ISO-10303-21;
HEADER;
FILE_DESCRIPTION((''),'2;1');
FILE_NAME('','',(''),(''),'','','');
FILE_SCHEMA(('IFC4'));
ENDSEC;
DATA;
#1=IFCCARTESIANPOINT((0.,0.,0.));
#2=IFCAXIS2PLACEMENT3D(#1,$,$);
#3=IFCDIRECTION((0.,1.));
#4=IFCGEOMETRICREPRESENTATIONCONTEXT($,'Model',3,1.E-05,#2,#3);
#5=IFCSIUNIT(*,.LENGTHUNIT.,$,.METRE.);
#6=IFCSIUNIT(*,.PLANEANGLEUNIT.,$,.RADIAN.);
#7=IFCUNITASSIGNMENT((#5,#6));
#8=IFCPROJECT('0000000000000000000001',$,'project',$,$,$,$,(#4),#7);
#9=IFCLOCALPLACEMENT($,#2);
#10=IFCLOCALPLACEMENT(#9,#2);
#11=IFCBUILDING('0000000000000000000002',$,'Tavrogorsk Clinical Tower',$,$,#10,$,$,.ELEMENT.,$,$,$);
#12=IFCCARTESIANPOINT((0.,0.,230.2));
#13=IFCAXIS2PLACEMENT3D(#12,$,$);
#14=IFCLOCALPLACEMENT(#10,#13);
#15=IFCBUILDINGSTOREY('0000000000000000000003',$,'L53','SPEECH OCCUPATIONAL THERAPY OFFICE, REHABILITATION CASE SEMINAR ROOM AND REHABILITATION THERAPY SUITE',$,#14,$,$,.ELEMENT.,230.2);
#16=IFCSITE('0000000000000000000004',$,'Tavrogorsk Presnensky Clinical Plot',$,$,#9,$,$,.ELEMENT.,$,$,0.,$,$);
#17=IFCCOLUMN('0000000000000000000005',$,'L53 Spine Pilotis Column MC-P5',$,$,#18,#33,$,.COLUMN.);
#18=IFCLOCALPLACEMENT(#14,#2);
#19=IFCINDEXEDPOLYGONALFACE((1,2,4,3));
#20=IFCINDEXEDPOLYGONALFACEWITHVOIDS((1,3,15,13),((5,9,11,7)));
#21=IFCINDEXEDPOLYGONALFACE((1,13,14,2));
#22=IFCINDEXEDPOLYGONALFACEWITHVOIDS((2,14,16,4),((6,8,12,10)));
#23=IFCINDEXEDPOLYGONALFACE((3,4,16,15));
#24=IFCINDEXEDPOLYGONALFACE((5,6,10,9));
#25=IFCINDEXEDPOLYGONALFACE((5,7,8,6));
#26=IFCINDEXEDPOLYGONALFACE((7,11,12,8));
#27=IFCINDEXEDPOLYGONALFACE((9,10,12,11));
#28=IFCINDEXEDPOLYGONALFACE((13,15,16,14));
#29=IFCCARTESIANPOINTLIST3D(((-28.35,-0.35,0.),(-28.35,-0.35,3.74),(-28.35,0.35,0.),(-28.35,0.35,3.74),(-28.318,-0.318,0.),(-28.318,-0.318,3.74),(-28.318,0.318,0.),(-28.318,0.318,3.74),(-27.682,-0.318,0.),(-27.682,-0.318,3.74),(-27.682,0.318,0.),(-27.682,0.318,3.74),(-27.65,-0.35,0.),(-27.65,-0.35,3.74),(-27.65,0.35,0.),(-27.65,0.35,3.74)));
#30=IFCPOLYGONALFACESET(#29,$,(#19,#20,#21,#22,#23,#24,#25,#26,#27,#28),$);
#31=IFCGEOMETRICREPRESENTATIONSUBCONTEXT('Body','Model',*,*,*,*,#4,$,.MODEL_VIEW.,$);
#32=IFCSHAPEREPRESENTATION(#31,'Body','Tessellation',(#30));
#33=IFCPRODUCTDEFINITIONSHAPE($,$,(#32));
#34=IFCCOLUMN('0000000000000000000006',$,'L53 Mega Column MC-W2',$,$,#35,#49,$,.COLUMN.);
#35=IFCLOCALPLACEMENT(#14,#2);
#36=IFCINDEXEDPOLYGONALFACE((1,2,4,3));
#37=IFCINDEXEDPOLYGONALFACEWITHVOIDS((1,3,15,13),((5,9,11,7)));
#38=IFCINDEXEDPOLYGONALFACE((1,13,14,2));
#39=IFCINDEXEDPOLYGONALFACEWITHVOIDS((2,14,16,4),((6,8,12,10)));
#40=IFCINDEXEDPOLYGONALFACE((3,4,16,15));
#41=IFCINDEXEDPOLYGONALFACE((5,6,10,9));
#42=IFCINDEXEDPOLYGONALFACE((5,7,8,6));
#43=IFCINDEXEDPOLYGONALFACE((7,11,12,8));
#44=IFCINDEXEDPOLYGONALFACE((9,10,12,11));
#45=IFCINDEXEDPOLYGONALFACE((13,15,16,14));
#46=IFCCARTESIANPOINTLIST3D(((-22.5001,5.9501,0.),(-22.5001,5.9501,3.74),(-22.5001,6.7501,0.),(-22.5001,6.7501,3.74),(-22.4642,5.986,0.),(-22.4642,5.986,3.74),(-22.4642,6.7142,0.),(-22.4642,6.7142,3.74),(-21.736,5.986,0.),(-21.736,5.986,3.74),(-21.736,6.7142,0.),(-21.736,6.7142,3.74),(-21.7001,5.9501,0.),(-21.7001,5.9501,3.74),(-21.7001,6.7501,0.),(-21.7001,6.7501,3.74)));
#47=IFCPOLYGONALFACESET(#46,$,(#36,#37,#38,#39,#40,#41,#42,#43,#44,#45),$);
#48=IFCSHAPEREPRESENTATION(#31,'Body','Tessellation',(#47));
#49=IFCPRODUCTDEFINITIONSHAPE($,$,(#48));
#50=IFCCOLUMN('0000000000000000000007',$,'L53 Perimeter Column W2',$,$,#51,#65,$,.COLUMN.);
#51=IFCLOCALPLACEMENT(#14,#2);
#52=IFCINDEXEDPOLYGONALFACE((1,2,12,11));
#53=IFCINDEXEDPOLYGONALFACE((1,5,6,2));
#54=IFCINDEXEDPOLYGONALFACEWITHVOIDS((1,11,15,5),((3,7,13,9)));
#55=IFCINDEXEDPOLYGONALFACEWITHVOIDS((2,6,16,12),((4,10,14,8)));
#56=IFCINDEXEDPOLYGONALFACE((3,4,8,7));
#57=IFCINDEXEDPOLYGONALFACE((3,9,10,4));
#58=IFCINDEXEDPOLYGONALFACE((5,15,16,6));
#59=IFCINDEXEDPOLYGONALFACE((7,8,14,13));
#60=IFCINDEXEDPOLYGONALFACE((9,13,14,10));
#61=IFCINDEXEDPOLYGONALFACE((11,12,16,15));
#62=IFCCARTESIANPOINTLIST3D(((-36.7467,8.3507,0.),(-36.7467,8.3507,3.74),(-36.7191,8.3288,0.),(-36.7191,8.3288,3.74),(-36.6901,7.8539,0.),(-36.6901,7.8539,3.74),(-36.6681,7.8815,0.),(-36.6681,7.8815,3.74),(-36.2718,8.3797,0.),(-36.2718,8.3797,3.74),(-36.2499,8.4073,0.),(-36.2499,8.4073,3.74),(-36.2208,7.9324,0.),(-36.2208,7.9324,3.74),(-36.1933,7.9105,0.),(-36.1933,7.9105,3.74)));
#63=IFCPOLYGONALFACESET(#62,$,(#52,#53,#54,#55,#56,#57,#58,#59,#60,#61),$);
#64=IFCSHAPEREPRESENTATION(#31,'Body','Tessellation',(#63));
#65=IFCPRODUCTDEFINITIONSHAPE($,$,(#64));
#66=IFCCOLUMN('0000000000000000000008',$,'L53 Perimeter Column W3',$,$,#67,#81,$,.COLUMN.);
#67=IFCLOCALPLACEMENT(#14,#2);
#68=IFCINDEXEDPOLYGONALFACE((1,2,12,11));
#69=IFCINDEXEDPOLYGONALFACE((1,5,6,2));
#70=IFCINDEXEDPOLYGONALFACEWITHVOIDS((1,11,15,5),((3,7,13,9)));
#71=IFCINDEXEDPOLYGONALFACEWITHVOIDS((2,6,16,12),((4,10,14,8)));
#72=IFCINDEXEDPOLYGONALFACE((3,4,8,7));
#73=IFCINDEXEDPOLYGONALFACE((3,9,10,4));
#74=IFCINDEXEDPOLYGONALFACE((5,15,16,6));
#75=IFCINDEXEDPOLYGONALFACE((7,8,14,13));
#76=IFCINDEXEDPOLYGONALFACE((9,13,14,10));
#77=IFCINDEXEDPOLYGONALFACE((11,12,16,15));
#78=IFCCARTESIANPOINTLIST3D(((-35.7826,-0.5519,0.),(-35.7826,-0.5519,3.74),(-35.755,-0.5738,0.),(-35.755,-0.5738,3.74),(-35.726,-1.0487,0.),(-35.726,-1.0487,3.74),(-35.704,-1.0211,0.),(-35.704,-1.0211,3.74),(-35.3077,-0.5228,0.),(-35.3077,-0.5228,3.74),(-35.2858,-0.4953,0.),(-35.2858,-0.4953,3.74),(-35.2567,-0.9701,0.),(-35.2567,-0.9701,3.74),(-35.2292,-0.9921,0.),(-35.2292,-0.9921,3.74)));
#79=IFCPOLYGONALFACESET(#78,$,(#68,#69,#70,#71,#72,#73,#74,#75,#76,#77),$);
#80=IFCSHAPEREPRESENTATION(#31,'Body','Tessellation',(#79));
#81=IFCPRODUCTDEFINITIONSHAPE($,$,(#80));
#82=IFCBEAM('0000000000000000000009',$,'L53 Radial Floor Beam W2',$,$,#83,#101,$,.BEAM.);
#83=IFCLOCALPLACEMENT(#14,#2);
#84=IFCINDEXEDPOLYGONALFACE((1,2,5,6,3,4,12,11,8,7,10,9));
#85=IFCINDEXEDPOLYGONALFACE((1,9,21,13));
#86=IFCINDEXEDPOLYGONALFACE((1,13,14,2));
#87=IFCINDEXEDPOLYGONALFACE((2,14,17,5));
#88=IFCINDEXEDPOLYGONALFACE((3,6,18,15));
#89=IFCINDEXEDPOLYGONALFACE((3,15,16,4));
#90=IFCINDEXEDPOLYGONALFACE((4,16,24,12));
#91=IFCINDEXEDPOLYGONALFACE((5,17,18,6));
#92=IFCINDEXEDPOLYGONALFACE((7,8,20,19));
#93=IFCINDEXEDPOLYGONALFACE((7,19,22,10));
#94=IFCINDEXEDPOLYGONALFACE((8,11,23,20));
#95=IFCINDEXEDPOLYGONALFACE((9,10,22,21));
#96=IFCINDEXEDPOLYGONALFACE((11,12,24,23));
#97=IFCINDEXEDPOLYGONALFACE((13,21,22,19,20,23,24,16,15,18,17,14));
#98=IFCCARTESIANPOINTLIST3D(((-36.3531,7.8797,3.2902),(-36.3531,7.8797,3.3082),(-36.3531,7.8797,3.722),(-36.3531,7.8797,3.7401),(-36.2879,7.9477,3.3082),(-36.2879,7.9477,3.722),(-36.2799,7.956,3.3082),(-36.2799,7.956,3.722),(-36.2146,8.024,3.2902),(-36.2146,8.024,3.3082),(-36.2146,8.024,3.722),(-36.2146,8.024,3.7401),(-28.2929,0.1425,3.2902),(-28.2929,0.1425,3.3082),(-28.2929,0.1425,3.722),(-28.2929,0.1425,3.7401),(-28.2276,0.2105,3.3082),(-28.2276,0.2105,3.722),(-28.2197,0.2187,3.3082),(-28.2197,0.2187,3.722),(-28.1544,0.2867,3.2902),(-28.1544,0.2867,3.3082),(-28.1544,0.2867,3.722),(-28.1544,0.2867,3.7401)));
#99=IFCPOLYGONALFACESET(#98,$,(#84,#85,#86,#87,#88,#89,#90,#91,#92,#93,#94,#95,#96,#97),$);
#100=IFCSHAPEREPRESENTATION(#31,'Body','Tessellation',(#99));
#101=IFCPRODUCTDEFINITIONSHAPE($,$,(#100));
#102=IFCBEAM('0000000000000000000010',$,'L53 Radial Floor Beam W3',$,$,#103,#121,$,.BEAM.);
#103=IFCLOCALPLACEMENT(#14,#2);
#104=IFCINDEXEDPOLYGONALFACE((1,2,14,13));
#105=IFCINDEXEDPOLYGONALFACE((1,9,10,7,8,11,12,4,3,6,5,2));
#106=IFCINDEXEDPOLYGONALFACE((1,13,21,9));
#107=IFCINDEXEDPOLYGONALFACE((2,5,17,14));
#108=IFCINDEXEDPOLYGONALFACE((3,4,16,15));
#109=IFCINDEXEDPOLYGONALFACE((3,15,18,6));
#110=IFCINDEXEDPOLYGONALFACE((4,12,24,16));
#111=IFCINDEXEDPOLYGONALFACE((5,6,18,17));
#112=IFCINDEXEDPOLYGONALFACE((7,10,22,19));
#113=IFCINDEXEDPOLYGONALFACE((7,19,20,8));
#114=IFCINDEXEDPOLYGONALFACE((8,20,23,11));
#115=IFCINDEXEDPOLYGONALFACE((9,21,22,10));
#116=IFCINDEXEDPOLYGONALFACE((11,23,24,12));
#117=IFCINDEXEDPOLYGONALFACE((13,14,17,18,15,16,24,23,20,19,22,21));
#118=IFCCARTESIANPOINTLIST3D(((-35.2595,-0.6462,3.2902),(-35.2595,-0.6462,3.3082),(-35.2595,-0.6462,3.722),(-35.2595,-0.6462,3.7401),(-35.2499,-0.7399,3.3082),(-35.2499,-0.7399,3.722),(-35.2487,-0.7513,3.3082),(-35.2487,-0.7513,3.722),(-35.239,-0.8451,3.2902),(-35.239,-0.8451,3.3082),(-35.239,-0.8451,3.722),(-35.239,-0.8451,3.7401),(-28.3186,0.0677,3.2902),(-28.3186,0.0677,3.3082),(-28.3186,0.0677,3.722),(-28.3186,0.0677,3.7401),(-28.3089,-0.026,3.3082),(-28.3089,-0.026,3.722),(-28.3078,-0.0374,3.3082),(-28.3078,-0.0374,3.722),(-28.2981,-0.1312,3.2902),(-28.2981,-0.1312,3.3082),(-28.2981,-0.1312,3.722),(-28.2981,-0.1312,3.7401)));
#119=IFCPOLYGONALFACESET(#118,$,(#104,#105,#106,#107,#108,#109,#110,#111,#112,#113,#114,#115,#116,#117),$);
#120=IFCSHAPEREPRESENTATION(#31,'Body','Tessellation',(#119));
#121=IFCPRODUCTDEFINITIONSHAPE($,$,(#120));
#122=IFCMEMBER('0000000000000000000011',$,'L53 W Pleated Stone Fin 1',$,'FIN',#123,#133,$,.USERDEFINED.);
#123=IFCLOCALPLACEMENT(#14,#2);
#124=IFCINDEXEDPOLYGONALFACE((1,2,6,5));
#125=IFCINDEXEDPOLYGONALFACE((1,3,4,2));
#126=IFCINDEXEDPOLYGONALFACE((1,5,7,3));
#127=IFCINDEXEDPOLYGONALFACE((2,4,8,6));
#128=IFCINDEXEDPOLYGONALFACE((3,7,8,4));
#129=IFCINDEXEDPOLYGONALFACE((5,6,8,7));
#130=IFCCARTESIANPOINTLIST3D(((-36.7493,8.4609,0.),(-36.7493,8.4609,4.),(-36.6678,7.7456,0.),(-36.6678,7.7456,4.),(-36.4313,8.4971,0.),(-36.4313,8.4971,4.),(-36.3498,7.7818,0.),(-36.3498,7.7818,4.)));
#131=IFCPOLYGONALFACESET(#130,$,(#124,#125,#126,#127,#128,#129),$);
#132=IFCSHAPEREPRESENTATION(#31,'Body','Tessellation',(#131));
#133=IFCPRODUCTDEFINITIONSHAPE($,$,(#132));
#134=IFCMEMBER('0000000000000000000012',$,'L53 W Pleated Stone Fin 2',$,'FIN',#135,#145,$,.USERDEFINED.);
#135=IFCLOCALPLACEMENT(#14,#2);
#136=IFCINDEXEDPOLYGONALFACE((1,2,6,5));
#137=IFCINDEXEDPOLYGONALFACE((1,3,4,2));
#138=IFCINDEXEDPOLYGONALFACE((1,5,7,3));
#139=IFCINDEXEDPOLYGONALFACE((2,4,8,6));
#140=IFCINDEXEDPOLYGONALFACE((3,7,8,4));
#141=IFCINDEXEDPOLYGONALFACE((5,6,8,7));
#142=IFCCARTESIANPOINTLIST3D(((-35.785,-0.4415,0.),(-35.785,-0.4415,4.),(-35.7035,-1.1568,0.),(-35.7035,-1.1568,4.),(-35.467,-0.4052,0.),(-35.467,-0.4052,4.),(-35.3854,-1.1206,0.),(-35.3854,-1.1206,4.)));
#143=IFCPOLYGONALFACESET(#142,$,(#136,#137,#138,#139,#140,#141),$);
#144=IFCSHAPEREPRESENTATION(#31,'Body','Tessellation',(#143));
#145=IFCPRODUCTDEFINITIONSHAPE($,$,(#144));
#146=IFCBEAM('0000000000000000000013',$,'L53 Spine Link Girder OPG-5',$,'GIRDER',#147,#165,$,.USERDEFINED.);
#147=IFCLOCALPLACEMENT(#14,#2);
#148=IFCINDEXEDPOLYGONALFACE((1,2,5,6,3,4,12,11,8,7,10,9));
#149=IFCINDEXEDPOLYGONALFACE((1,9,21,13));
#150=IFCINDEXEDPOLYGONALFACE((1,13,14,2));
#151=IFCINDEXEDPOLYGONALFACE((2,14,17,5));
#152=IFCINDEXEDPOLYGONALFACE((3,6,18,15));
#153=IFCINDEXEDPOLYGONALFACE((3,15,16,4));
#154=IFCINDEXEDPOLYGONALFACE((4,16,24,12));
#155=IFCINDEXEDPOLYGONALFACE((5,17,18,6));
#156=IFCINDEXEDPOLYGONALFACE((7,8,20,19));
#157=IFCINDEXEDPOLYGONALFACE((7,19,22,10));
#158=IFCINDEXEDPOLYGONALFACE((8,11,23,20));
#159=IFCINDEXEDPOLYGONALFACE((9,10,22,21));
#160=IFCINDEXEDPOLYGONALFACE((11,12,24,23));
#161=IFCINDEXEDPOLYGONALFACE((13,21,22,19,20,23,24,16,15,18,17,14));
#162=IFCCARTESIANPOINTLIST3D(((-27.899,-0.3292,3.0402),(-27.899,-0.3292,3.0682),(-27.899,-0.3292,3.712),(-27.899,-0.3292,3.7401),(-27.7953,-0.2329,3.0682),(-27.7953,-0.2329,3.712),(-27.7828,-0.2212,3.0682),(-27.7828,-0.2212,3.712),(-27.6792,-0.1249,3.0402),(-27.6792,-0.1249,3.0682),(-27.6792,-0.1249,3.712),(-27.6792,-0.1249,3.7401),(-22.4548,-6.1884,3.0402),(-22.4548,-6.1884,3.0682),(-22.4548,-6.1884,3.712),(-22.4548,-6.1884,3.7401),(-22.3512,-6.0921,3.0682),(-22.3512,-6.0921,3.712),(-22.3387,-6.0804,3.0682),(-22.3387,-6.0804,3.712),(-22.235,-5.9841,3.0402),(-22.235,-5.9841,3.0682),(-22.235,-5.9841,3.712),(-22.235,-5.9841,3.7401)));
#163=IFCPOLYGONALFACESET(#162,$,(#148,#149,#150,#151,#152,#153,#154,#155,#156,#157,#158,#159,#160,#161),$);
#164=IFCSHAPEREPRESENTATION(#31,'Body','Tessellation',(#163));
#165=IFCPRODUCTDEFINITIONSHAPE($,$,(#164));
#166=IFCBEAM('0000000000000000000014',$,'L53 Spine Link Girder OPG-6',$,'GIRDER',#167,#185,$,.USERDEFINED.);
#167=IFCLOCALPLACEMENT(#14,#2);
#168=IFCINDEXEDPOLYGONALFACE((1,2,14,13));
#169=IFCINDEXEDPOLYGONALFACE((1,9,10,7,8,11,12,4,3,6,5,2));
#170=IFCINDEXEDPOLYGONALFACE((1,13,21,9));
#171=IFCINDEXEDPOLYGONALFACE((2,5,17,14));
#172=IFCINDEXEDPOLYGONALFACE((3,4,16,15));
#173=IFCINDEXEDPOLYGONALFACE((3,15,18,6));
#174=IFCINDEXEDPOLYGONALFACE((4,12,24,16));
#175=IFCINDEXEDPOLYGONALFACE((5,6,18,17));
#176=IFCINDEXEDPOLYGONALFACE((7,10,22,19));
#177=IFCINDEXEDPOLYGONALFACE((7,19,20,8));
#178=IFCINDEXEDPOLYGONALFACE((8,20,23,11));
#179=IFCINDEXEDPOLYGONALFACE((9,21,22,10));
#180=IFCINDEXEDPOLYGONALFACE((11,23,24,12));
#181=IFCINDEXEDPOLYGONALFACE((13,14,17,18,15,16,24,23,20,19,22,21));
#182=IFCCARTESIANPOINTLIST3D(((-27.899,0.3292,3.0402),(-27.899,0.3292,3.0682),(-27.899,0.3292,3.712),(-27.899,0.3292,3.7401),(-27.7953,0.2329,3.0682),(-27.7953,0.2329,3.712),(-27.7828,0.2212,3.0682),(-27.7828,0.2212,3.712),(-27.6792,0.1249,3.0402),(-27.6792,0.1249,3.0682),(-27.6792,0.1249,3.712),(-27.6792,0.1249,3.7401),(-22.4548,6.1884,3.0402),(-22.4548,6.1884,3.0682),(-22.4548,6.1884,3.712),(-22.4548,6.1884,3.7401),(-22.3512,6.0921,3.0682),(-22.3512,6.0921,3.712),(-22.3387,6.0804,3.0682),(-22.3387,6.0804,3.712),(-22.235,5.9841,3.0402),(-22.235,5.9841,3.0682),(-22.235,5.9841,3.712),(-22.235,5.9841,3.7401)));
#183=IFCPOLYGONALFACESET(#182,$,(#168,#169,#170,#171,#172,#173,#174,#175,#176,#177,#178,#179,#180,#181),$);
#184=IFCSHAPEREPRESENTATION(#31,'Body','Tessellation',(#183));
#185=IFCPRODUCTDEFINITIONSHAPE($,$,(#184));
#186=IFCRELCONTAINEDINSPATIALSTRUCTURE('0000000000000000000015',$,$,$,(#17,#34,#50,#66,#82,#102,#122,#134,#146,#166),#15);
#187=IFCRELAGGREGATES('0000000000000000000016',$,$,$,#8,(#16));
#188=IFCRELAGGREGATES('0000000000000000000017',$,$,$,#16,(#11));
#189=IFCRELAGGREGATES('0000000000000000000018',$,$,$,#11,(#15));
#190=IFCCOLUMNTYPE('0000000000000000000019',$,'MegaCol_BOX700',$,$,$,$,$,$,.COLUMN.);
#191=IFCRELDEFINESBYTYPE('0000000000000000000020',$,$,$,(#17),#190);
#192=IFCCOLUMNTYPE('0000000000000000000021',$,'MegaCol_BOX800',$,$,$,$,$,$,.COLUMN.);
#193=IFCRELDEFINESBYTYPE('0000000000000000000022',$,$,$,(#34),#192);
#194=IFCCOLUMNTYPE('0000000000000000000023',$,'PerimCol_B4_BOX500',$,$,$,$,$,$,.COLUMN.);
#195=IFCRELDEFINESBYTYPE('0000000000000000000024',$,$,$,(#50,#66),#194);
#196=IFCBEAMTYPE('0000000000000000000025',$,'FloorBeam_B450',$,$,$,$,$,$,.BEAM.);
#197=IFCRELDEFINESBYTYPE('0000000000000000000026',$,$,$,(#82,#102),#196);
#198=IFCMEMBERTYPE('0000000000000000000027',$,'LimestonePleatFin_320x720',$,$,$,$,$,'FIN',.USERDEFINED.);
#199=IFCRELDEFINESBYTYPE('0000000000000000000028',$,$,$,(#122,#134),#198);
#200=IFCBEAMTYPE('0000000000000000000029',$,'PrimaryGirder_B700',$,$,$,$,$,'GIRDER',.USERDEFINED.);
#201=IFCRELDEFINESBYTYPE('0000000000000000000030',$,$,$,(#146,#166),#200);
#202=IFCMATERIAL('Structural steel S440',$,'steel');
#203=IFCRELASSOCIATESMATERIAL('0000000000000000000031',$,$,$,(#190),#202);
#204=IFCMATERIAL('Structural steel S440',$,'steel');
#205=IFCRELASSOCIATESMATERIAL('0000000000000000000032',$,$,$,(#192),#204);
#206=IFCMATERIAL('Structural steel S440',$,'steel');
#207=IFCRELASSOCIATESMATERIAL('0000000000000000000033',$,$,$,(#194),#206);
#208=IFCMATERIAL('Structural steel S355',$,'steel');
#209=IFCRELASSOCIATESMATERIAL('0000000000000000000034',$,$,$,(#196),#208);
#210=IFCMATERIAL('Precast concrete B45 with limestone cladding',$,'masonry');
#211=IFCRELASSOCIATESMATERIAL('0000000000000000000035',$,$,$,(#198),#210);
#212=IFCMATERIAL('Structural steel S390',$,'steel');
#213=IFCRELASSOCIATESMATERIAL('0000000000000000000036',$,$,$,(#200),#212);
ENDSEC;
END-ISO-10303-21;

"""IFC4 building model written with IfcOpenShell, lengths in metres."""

from ifc_helpers import new_model, si_unit, direction, frame, origin, origin_2d, place, context, subcontext, project, spatial, rectangle, hollow_rectangle, i_section, extrude, material, material_profile, profile_set, type_object, element, save


model = new_model("IFC4")

# Units and contexts
model_context = context("Model", 3, precision=1e-05, world=origin(), true_north=direction((0.0, 1.0)))
body_context = subcontext(model_context, "Body", "Model", "MODEL_VIEW")
ifc_project = project(units=[si_unit("LENGTHUNIT", "METRE"), si_unit("PLANEANGLEUNIT", "RADIAN")], contexts=[model_context])

# Site, building, storey
site_placement = place(None, origin())
site = spatial("IfcSite", under=ifc_project, at=site_placement, Name="Tavrogorsk Presnensky Clinical Plot", CompositionType="ELEMENT", RefElevation=0.0)
building_placement = place(site_placement, origin())
building = spatial("IfcBuilding", under=site, at=building_placement, Name="Tavrogorsk Clinical Tower", CompositionType="ELEMENT")
storey_placement = place(building_placement, frame((0.0, 0.0, 230.2)))
storey = spatial("IfcBuildingStorey", under=building, at=storey_placement, Name="L53", Description="SPEECH OCCUPATIONAL THERAPY OFFICE, REHABILITATION CASE SEMINAR ROOM AND REHABILITATION THERAPY SUITE", CompositionType="ELEMENT", Elevation=230.2)

# Columns
ifc_material_1 = material(Name="Structural steel S440", Category="steel")
ifc_material_profile_1 = material_profile(ifc_material_1, hollow_rectangle(XDim=0.7, YDim=0.7, WallThickness=0.032, at=origin_2d()), Name="BOX-700x700x32")
ifc_profile_set_1 = profile_set([ifc_material_profile_1], Name="Structural steel S440")
column_type_1 = type_object("IfcColumnType", Name="MegaCol_BOX700", PredefinedType="COLUMN", material=ifc_profile_set_1)
column_1_placement = place(storey_placement, frame((-28.0, 0.0, 0.0), z_axis=(0.0, 0.0, 1.0), x_axis=(1.0, 0.0, 0.0)))
element("IfcColumn", 1, at=column_1_placement, inside=storey, type_object=column_type_1, Name="L53 Spine Pilotis Column MC-P5", PredefinedType="COLUMN", context=body_context, shape_type="SweptSolid", body=[
    extrude(hollow_rectangle(XDim=0.7, YDim=0.7, WallThickness=0.032, at=origin_2d()), origin(), (0.0, 0.0, 1.0), 3.74),
])
ifc_material_2 = material(Name="Structural steel S440", Category="steel")
ifc_material_profile_2 = material_profile(ifc_material_2, hollow_rectangle(XDim=0.8, YDim=0.8, WallThickness=0.0359, at=origin_2d()), Name="BOX-800x800x36")
ifc_profile_set_2 = profile_set([ifc_material_profile_2], Name="Structural steel S440")
column_type_2 = type_object("IfcColumnType", Name="MegaCol_BOX800", PredefinedType="COLUMN", material=ifc_profile_set_2)
column_2_placement = place(storey_placement, frame((-22.1001, 6.3501, 0.0), z_axis=(0.0, 0.0, 1.0), x_axis=(1.0, 0.0, 0.0)))
element("IfcColumn", 2, at=column_2_placement, inside=storey, type_object=column_type_2, Name="L53 Mega Column MC-W2", PredefinedType="COLUMN", context=body_context, shape_type="SweptSolid", body=[
    extrude(hollow_rectangle(XDim=0.8, YDim=0.8, WallThickness=0.0359, at=origin_2d()), origin(), (0.0, 0.0, 1.0), 3.74),
])
ifc_material_3 = material(Name="Structural steel S440", Category="steel")
ifc_material_profile_3 = material_profile(ifc_material_3, hollow_rectangle(XDim=0.5, YDim=0.5, WallThickness=0.0249, at=origin_2d()), Name="BOX-500x500x25")
ifc_profile_set_3 = profile_set([ifc_material_profile_3], Name="Structural steel S440")
column_type_3 = type_object("IfcColumnType", Name="PerimCol_B4_BOX500", PredefinedType="COLUMN", material=ifc_profile_set_3)
for number, where, z_axis, x_axis, name in (
    (3, (-36.47, 8.1306, 0.0), (0.0, 0.0, 1.0), (0.993572, 0.113203, 0.0), "L53 Perimeter Column W2"),
    (4, (-35.5059, -0.772, 0.0), (0.0, 0.0, 1.0), (0.993572, 0.113203, 0.0), "L53 Perimeter Column W3"),
):
    element("IfcColumn", number, at=place(storey_placement, frame(where, z_axis=z_axis, x_axis=x_axis)), inside=storey, type_object=column_type_3, Name=name, PredefinedType="COLUMN", context=body_context, shape_type="SweptSolid", body=[
        extrude(hollow_rectangle(XDim=0.5, YDim=0.5, WallThickness=0.0249, at=origin_2d()), origin(), (0.0, 0.0, 1.0), 3.74),
    ])

# Beams
ifc_material_4 = material(Name="Structural steel S355", Category="steel")
ifc_material_profile_4 = material_profile(ifc_material_4, i_section(OverallWidth=0.2, OverallDepth=0.45, WebThickness=0.0115, FlangeThickness=0.0181, at=origin_2d()), Name="B-450x200x11.5x18")
ifc_profile_set_4 = profile_set([ifc_material_profile_4], Name="Structural steel S355")
beam_type_1 = type_object("IfcBeamType", Name="FloorBeam_B450", PredefinedType="BEAM", material=ifc_profile_set_4)
beam_1_placement = place(storey_placement, frame((-28.2236, 0.2146, 3.5151), z_axis=(-0.721414, 0.692505, 0.0), x_axis=(-0.692505, -0.721414, 0.0)))
element("IfcBeam", 5, at=beam_1_placement, inside=storey, type_object=beam_type_1, Name="L53 Radial Floor Beam W2", PredefinedType="BEAM", context=body_context, shape_type="SweptSolid", body=[
    extrude(i_section(OverallWidth=0.2, OverallDepth=0.45, WebThickness=0.0115, FlangeThickness=0.0181, at=origin_2d()), origin(), (0.0, 0.0, 1.0), 11.1729),
])
beam_2_placement = place(storey_placement, frame((-28.3083, -0.0317, 3.5151), z_axis=(-0.994753, -0.102309, 0.0), x_axis=(0.102309, -0.994753, 0.0)))
element("IfcBeam", 6, at=beam_2_placement, inside=storey, type_object=beam_type_1, Name="L53 Radial Floor Beam W3", PredefinedType="BEAM", context=body_context, shape_type="SweptSolid", body=[
    extrude(i_section(OverallWidth=0.2, OverallDepth=0.45, WebThickness=0.0115, FlangeThickness=0.0181, at=origin_2d()), origin(), (0.0, 0.0, 1.0), 6.9775),
])

# Members
ifc_material_5 = material(Name="Precast concrete B45 with limestone cladding", Category="masonry")
ifc_material_profile_5 = material_profile(ifc_material_5, rectangle(XDim=0.3201, YDim=0.72, at=origin_2d()), Name="LIMESTONE-FIN-320x720")
ifc_profile_set_5 = profile_set([ifc_material_profile_5], Name="Precast concrete B45 with limestone cladding")
member_type = type_object("IfcMemberType", Name="LimestonePleatFin_320x720", ElementType="FIN", PredefinedType="USERDEFINED", material=ifc_profile_set_5)
for number, where, z_axis, x_axis, name in (
    (7, (-36.5496, 8.1213, 0.0), (0.0, 0.0, 1.0), (0.993572, 0.113203, 0.0), "L53 W Pleated Stone Fin 1"),
    (8, (-35.5852, -0.781, 0.0), (0.0, 0.0, 1.0), (0.993572, 0.113203, 0.0), "L53 W Pleated Stone Fin 2"),
):
    element("IfcMember", number, at=place(storey_placement, frame(where, z_axis=z_axis, x_axis=x_axis)), inside=storey, type_object=member_type, Name=name, ObjectType="FIN", PredefinedType="USERDEFINED", context=body_context, shape_type="SweptSolid", body=[
        extrude(rectangle(XDim=0.3201, YDim=0.72, at=origin_2d()), origin(), (0.0, 0.0, 1.0), 4.0),
    ])

# Beams
ifc_material_6 = material(Name="Structural steel S390", Category="steel")
ifc_material_profile_6 = material_profile(ifc_material_6, i_section(OverallWidth=0.3, OverallDepth=0.7, WebThickness=0.0171, FlangeThickness=0.0281, at=origin_2d()), Name="B-700x300x17x28")
ifc_profile_set_6 = profile_set([ifc_material_profile_6], Name="Structural steel S390")
beam_type_2 = type_object("IfcBeamType", Name="PrimaryGirder_B700", ElementType="GIRDER", PredefinedType="USERDEFINED", material=ifc_profile_set_6)
for number, where, z_axis, x_axis, name in (
    (9, (-27.7891, -0.2271, 3.3901), (0.680684, -0.732577, 0.0), (0.732577, 0.680684, 0.0), "L53 Spine Link Girder OPG-5"),
    (10, (-27.7891, 0.2271, 3.3901), (0.680684, 0.732577, 0.0), (-0.732577, 0.680684, 0.0), "L53 Spine Link Girder OPG-6"),
):
    element("IfcBeam", number, at=place(storey_placement, frame(where, z_axis=z_axis, x_axis=x_axis)), inside=storey, type_object=beam_type_2, Name=name, ObjectType="GIRDER", PredefinedType="USERDEFINED", context=body_context, shape_type="SweptSolid", body=[
        extrude(i_section(OverallWidth=0.3, OverallDepth=0.7, WebThickness=0.0171, FlangeThickness=0.0281, at=origin_2d()), origin(), (0.0, 0.0, 1.0), 7.998),
    ])

save(model, "model.ifc")
